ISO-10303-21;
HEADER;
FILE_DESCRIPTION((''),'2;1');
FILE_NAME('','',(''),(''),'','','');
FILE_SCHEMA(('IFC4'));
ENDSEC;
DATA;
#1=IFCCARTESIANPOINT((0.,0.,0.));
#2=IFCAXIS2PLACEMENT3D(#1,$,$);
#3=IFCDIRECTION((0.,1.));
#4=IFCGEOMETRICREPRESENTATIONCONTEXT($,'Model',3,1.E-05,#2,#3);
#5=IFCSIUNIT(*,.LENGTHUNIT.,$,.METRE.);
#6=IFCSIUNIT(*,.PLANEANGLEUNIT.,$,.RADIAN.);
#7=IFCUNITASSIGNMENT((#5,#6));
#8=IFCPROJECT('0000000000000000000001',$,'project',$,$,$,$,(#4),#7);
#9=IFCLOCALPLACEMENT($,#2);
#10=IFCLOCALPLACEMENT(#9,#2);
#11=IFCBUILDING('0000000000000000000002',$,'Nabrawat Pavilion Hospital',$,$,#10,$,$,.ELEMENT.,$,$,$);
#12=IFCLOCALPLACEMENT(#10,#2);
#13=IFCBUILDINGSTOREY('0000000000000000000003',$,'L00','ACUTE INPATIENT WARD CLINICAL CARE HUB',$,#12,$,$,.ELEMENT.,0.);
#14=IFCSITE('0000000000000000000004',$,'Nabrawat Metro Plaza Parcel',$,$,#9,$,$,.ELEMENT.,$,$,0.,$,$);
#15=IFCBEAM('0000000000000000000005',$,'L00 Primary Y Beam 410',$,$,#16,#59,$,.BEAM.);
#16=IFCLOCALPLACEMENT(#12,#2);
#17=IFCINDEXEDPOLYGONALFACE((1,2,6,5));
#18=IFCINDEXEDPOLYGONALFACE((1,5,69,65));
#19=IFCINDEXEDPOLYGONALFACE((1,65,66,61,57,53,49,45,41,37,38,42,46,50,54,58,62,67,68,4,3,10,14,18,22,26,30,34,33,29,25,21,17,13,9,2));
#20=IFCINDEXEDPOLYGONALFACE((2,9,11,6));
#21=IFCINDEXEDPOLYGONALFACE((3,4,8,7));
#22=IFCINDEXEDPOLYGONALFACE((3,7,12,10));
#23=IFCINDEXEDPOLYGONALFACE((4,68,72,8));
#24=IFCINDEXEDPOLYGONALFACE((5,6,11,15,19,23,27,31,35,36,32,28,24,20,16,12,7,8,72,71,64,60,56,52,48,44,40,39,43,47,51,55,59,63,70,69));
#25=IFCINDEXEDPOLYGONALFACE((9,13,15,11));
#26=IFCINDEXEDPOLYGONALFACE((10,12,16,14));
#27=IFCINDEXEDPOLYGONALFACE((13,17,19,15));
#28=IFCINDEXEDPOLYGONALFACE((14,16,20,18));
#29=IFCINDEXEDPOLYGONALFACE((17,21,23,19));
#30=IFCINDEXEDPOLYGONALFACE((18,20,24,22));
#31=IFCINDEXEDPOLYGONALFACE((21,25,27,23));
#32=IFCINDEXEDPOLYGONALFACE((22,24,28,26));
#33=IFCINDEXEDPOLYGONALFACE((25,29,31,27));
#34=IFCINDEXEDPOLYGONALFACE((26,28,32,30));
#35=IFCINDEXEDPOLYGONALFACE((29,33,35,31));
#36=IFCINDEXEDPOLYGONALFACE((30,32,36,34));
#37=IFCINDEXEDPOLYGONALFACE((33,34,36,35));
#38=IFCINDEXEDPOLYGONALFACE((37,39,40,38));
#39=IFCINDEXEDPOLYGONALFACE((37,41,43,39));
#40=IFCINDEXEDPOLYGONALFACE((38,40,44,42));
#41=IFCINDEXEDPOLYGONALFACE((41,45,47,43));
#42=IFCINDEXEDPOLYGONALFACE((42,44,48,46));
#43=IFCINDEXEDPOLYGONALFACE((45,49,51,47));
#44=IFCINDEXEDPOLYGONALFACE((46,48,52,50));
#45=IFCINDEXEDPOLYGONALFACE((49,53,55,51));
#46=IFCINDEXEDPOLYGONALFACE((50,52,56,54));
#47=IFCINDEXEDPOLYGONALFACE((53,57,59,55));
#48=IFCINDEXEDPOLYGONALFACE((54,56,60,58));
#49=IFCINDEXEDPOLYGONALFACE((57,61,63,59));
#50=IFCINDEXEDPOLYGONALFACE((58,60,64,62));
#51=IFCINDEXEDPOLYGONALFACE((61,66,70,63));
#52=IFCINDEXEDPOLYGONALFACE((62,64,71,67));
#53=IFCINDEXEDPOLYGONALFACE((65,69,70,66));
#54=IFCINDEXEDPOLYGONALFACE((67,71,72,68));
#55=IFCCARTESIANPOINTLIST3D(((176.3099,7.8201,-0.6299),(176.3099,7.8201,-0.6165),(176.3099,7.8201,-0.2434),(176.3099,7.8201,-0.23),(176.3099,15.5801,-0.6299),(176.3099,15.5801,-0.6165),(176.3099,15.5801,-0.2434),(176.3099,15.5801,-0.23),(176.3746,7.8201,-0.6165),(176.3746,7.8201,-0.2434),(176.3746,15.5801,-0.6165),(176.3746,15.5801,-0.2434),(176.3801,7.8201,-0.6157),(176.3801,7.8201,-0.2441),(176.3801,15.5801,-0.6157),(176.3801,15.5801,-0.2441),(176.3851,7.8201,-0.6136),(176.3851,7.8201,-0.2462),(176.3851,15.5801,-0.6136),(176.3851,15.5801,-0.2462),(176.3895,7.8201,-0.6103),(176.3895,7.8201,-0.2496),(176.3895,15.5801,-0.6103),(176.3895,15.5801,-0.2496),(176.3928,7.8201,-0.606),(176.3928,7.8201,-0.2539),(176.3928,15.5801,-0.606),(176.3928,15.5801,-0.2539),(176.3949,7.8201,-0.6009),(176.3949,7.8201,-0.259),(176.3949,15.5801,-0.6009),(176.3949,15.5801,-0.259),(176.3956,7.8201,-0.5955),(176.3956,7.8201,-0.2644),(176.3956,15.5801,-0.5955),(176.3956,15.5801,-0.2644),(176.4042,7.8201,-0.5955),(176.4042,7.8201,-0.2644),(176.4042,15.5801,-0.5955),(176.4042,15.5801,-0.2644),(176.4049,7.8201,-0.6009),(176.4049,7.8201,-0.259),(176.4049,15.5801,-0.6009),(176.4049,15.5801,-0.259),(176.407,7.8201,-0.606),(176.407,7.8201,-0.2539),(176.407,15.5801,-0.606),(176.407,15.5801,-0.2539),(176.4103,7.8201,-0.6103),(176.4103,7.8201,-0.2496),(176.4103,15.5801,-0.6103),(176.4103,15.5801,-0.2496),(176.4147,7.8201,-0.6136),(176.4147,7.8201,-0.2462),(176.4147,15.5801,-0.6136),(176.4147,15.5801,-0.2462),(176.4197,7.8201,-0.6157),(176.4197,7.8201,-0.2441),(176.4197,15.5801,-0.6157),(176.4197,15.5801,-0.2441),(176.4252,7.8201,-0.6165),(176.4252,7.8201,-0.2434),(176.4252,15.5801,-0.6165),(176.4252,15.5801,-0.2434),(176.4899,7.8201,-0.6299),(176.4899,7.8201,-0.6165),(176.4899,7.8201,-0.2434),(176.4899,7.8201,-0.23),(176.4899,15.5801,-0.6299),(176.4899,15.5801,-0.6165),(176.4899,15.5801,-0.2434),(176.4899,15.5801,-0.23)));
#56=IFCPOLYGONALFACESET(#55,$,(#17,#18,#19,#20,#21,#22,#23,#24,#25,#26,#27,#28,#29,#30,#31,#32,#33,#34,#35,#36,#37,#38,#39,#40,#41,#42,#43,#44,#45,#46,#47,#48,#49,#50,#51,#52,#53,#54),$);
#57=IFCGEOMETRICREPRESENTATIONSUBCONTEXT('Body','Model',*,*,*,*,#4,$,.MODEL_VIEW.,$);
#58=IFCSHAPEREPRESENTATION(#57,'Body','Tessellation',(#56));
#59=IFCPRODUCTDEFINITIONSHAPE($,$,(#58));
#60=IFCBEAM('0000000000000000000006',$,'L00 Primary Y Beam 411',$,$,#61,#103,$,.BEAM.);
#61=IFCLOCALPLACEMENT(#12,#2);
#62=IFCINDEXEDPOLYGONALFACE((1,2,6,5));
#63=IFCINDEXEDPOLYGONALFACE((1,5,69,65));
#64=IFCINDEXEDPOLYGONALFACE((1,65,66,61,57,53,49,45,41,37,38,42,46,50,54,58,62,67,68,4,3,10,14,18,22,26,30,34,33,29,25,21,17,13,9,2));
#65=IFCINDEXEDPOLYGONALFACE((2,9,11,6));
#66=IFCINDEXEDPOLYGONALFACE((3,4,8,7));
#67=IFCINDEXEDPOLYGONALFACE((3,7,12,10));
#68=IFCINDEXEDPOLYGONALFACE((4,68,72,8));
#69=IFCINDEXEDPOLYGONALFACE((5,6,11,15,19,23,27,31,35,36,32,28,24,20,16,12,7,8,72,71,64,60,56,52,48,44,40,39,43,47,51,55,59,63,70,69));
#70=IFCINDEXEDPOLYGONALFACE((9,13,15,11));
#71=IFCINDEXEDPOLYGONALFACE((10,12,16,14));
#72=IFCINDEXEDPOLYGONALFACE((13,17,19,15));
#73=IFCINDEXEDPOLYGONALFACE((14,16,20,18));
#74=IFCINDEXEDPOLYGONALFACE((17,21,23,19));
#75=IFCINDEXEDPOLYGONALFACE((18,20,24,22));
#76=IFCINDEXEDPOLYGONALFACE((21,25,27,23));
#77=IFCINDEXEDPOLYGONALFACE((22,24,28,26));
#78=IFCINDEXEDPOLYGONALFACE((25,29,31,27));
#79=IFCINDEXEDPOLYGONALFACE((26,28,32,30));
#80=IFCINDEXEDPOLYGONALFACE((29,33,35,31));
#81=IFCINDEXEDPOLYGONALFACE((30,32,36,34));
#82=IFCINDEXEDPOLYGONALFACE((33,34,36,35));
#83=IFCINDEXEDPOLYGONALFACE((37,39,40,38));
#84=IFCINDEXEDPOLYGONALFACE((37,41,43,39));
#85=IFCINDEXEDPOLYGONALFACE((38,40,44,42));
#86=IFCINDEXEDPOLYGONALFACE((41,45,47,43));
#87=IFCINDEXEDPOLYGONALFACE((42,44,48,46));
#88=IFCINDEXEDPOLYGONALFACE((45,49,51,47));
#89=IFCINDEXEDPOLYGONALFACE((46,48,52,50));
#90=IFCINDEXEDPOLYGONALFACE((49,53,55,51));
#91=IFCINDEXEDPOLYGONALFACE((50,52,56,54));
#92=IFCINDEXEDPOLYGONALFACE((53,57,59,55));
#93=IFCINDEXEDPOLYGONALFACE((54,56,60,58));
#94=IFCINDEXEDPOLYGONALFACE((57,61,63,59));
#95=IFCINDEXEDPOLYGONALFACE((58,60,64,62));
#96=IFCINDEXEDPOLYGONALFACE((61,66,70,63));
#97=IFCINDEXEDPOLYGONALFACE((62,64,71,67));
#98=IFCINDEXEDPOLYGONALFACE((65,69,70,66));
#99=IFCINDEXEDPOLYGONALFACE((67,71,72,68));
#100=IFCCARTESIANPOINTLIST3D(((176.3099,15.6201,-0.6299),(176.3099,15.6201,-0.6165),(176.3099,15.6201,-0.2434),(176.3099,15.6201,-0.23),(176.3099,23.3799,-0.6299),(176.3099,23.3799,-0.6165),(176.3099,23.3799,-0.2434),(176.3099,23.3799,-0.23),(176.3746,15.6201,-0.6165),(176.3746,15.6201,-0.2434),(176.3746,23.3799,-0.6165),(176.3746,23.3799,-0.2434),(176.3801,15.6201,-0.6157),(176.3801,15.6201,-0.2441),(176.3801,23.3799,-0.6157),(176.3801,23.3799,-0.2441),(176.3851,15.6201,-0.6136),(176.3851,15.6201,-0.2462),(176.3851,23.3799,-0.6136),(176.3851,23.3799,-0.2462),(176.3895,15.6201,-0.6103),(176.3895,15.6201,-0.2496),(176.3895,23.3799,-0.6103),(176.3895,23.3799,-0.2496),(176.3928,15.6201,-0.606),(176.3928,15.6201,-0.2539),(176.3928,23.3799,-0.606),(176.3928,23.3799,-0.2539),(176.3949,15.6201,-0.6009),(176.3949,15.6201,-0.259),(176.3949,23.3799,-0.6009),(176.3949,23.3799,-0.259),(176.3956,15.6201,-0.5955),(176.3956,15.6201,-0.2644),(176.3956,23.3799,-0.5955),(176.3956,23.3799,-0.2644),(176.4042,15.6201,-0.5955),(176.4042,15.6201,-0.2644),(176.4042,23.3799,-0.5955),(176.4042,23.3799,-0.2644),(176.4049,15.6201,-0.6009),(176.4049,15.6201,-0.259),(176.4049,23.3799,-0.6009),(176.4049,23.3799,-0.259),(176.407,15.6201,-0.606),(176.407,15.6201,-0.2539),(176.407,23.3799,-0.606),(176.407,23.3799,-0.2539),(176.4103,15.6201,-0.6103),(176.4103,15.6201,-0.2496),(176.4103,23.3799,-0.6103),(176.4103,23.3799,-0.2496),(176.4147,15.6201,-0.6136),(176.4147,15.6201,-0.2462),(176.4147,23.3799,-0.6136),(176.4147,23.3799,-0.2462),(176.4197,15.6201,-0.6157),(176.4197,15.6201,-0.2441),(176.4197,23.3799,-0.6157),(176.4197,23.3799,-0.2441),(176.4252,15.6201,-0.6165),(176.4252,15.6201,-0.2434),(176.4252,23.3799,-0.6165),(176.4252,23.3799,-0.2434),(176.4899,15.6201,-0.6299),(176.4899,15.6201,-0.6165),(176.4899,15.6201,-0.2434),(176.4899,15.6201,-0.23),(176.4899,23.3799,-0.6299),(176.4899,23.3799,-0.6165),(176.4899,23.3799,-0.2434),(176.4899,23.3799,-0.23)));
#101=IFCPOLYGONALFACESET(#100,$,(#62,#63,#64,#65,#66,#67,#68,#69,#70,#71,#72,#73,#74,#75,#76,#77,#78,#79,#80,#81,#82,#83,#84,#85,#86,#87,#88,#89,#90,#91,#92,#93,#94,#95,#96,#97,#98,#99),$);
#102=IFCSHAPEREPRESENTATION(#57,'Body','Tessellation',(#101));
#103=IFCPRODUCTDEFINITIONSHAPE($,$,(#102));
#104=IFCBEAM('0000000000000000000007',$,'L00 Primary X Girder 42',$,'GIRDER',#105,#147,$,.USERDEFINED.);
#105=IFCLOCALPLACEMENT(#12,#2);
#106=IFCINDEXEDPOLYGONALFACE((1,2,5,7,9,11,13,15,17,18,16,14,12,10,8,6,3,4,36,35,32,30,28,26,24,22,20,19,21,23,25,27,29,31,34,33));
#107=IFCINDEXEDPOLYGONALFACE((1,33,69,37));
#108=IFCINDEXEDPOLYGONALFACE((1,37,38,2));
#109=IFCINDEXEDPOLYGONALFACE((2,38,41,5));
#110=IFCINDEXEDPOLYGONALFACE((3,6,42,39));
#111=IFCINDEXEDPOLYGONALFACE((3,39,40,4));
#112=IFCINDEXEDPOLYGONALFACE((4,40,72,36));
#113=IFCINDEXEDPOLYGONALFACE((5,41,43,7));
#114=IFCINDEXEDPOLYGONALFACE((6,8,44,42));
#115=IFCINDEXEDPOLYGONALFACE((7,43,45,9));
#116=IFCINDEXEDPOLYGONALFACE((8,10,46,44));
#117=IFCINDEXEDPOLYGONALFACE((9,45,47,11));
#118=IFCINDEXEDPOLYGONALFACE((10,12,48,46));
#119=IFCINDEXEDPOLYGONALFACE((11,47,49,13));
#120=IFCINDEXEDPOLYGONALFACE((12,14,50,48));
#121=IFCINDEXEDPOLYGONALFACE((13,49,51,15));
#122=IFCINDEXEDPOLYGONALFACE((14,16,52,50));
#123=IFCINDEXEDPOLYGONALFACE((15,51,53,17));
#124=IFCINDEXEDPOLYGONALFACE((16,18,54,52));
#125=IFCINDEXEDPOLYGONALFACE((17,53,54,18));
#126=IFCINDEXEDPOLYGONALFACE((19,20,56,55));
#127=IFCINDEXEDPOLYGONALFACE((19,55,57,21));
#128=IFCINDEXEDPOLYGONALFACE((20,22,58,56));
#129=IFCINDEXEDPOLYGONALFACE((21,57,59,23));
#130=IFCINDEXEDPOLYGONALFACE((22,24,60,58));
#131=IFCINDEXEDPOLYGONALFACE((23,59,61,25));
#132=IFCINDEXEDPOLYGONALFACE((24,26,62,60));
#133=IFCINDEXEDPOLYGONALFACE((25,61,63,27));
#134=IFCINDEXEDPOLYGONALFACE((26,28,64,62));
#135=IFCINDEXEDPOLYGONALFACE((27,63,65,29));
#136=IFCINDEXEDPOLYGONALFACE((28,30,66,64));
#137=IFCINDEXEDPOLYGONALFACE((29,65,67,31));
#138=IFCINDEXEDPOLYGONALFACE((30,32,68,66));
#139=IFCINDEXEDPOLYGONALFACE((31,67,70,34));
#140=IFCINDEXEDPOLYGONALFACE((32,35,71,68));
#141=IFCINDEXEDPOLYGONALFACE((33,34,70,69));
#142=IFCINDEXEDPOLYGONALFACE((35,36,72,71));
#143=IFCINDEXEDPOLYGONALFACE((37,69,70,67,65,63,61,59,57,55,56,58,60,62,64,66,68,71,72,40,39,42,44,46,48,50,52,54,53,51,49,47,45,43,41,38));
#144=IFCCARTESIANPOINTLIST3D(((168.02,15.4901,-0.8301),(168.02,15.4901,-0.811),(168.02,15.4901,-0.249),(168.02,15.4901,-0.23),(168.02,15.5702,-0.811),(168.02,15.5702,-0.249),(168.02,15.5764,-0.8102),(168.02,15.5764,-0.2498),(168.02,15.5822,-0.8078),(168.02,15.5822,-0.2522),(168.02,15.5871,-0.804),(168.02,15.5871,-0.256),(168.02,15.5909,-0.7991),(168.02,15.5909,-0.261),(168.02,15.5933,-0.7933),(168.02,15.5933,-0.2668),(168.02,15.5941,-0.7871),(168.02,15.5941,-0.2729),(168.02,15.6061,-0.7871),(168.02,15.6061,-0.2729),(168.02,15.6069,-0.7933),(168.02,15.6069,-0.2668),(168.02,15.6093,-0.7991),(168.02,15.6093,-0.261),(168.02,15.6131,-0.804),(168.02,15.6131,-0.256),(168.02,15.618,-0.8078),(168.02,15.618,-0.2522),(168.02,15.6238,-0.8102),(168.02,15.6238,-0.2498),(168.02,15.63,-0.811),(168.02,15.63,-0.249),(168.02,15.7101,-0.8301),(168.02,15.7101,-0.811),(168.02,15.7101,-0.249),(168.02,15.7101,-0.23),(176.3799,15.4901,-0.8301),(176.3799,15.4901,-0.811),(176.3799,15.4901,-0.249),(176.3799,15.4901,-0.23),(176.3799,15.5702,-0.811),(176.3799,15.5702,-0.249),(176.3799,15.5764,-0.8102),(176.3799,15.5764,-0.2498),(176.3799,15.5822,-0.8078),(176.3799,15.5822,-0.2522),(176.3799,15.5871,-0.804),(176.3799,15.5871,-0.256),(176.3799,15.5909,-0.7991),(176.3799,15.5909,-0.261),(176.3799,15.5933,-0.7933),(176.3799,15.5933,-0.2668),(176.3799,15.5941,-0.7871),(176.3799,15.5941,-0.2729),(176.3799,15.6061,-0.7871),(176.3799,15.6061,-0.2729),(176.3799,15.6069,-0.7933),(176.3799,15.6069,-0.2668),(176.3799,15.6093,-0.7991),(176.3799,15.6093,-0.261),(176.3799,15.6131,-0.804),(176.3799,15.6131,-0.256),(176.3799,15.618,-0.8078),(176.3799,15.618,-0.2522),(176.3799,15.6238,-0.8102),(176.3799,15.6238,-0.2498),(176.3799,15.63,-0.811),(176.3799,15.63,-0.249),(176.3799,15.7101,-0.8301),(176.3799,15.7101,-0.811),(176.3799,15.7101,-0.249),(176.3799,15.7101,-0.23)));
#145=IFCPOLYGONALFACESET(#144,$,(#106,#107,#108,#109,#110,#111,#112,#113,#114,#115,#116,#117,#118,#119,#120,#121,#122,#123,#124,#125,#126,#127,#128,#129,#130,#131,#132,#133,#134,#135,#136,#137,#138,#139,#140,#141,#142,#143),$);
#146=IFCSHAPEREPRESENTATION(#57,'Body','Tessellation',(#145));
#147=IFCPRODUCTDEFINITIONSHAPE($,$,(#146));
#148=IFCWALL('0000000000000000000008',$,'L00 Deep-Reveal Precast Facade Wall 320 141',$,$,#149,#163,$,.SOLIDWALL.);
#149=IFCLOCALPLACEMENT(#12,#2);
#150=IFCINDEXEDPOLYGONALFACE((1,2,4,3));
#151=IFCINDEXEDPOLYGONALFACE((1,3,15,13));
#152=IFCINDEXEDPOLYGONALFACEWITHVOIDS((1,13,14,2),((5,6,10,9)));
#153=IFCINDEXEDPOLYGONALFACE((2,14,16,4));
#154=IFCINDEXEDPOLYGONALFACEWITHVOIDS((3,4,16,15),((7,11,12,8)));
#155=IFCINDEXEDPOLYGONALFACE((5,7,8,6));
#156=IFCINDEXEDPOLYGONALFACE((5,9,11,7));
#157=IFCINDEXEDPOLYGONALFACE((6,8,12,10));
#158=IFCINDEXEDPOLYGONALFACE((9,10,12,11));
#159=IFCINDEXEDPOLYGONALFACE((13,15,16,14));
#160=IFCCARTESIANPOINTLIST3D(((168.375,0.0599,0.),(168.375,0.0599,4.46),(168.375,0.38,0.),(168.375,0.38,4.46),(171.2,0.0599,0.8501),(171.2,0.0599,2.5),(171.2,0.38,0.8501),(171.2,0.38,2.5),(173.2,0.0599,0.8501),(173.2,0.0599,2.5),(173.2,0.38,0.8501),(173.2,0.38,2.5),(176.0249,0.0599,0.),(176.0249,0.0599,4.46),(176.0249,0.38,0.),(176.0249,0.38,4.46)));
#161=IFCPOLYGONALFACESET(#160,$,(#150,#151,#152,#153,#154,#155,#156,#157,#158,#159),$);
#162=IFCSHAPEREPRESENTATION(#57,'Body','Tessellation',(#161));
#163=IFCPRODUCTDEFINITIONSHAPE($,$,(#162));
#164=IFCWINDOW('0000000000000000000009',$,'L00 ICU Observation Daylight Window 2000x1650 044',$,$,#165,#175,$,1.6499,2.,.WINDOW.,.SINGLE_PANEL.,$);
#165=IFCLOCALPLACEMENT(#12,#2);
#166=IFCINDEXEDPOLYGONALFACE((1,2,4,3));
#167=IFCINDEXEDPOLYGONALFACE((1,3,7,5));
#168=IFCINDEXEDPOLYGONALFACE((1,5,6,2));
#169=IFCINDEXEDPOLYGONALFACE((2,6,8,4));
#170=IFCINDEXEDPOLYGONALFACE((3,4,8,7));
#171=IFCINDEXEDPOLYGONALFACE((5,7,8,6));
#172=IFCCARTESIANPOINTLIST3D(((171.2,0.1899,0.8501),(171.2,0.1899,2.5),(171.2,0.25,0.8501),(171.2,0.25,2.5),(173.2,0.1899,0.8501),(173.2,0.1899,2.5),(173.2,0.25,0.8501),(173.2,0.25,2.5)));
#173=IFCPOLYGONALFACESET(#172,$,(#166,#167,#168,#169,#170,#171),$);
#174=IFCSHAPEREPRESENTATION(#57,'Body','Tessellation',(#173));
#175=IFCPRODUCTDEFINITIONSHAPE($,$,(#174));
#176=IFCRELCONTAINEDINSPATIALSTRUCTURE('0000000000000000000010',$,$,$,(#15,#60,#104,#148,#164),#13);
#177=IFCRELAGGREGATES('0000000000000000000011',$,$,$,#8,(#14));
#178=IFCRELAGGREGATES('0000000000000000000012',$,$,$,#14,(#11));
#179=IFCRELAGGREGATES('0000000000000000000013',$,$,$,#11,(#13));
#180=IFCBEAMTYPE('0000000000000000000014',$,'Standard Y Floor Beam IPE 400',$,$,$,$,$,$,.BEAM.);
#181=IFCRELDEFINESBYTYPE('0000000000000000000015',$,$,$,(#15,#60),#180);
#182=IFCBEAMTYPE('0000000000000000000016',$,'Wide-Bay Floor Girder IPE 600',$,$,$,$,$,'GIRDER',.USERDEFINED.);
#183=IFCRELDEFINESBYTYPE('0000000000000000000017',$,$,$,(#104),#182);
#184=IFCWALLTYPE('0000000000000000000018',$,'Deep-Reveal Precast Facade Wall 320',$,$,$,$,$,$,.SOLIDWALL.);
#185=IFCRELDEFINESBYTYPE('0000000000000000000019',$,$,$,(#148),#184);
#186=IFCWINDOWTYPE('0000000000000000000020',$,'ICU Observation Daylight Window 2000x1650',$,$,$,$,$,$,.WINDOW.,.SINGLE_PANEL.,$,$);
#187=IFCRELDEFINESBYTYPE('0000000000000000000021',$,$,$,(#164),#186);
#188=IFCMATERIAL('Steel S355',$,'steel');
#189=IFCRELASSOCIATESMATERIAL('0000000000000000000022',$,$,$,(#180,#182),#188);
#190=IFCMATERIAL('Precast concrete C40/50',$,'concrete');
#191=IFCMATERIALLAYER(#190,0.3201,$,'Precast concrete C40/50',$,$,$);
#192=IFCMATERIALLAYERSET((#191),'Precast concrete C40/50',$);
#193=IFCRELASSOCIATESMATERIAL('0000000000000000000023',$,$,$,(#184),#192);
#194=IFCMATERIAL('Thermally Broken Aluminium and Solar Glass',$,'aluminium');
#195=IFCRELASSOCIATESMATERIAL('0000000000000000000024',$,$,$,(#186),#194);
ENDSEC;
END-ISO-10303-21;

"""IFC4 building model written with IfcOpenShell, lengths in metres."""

from ifc_helpers import new_model, si_unit, direction, frame, frame_2d, origin, origin_2d, place, context, subcontext, project, spatial, rectangle, i_section, extrude, material, layer, layer_set, material_profile, profile_set, type_object, element, fill, save


model = new_model("IFC4")

# Units and contexts
model_context = context("Model", 3, precision=1e-05, world=origin(), true_north=direction((0.0, 1.0)))
body_context = subcontext(model_context, "Body", "Model", "MODEL_VIEW")
ifc_project = project(units=[si_unit("LENGTHUNIT", "METRE"), si_unit("PLANEANGLEUNIT", "RADIAN")], contexts=[model_context])

# Site, building, storey
site_placement = place(None, origin())
site = spatial("IfcSite", under=ifc_project, at=site_placement, Name="Nabrawat Metro Plaza Parcel", CompositionType="ELEMENT", RefElevation=0.0)
building_placement = place(site_placement, origin())
building = spatial("IfcBuilding", under=site, at=building_placement, Name="Nabrawat Pavilion Hospital", CompositionType="ELEMENT")
storey_placement = place(building_placement, origin())
storey = spatial("IfcBuildingStorey", under=building, at=storey_placement, Name="L00", Description="ACUTE INPATIENT WARD CLINICAL CARE HUB", CompositionType="ELEMENT", Elevation=0.0)

# Beams
ifc_material_1 = material(Name="Steel S355", Category="steel")
ifc_material_profile_1 = material_profile(ifc_material_1, i_section(OverallWidth=0.1799, OverallDepth=0.3999, WebThickness=0.0085, FlangeThickness=0.0134, FilletRadius=0.021, at=origin_2d()), Name="IPE 400")
ifc_profile_set_1 = profile_set([ifc_material_profile_1], Name="Steel S355")
beam_type_1 = type_object("IfcBeamType", Name="Standard Y Floor Beam IPE 400", PredefinedType="BEAM", material=ifc_profile_set_1)
for number, where, z_axis, x_axis, name in (
    (1, (176.3999, 7.8201, -0.4299), (0.0, 1.0, 0.0), (-1.0, 0.0, 0.0), "L00 Primary Y Beam 410"),
):
    element("IfcBeam", number, at=place(storey_placement, frame(where, z_axis=z_axis, x_axis=x_axis)), inside=storey, type_object=beam_type_1, Name=name, PredefinedType="BEAM", context=body_context, shape_type="SweptSolid", body=[
        extrude(i_section(OverallWidth=0.1799, OverallDepth=0.3999, WebThickness=0.0085, FlangeThickness=0.0134, FilletRadius=0.021, at=origin_2d()), origin(), (0.0, 0.0, 1.0), 7.76),
    ])
beam_1_placement = place(storey_placement, frame((176.3999, 15.6201, -0.4299), z_axis=(0.0, 1.0, 0.0), x_axis=(-1.0, 0.0, 0.0)))
element("IfcBeam", 2, at=beam_1_placement, inside=storey, type_object=beam_type_1, Name="L00 Primary Y Beam 411", PredefinedType="BEAM", context=body_context, shape_type="SweptSolid", body=[
    extrude(i_section(OverallWidth=0.1799, OverallDepth=0.3999, WebThickness=0.0085, FlangeThickness=0.0134, FilletRadius=0.021, at=origin_2d()), origin(), (0.0, 0.0, 1.0), 7.7598),
])
ifc_material_profile_2 = material_profile(ifc_material_1, i_section(OverallWidth=0.22, OverallDepth=0.6001, WebThickness=0.012, FlangeThickness=0.019, FilletRadius=0.0239, at=origin_2d()), Name="IPE 600")
ifc_profile_set_2 = profile_set([ifc_material_profile_2], Name="Steel S355")
beam_type_2 = type_object("IfcBeamType", Name="Wide-Bay Floor Girder IPE 600", ElementType="GIRDER", PredefinedType="USERDEFINED", material=ifc_profile_set_2)
beam_2_placement = place(storey_placement, frame((168.02, 15.6001, -0.53), z_axis=(1.0, 0.0, 0.0), x_axis=(0.0, 1.0, 0.0)))
element("IfcBeam", 3, at=beam_2_placement, inside=storey, type_object=beam_type_2, Name="L00 Primary X Girder 42", ObjectType="GIRDER", PredefinedType="USERDEFINED", context=body_context, shape_type="SweptSolid", body=[
    extrude(i_section(OverallWidth=0.22, OverallDepth=0.6001, WebThickness=0.012, FlangeThickness=0.019, FilletRadius=0.0239, at=origin_2d()), origin(), (0.0, 0.0, 1.0), 8.3599),
])

# Wall, opening, window
ifc_material_2 = material(Name="Precast concrete C40/50", Category="concrete")
ifc_layer_1 = layer(ifc_material_2, 0.3201, Name="Precast concrete C40/50")
ifc_layer_set_1 = layer_set([ifc_layer_1], Name="Precast concrete C40/50")
wall_type_1 = type_object("IfcWallType", Name="Deep-Reveal Precast Facade Wall 320", PredefinedType="SOLIDWALL", material=ifc_layer_set_1)
wall_1_placement = place(storey_placement, frame((168.375, 0.22, 0.0), z_axis=(0.0, 0.0, 1.0), x_axis=(1.0, 0.0, 0.0)))
wall_1 = element("IfcWall", 4, at=wall_1_placement, inside=storey, type_object=wall_type_1, Name="L00 Deep-Reveal Precast Facade Wall 320 141", PredefinedType="SOLIDWALL", context=body_context, shape_type="SweptSolid", body=[
    extrude(rectangle(XDim=7.6499, YDim=0.3201, at=frame_2d((3.825, 0.0))), origin(), (0.0, 0.0, 1.0), 4.46),
])
opening_placement = place(wall_1_placement, frame((2.825, 0.0, 0.8501)))
opening = element("IfcOpeningElement", 5, at=opening_placement, cuts=wall_1, PredefinedType="OPENING", context=body_context, shape_type="SweptSolid", body=[
    extrude(rectangle(XDim=2.0, YDim=1.6499, at=frame_2d((1.0, 0.825))), frame((0.0, 0.1699, 0.0), z_axis=(0.0, -1.0, 0.0), x_axis=(1.0, 0.0, 0.0)), (0.0, 0.0, 1.0), 0.3401),
])
ifc_material_3 = material(Name="Thermally Broken Aluminium and Solar Glass", Category="aluminium")
window_type = type_object("IfcWindowType", Name="ICU Observation Daylight Window 2000x1650", PartitioningType="SINGLE_PANEL", PredefinedType="WINDOW", material=ifc_material_3)
window_placement = place(opening_placement, origin())
window = element("IfcWindow", 6, at=window_placement, inside=storey, type_object=window_type, Name="L00 ICU Observation Daylight Window 2000x1650 044", OverallHeight=1.6499, OverallWidth=2.0, PartitioningType="SINGLE_PANEL", PredefinedType="WINDOW", context=body_context, shape_type="SweptSolid", body=[
    extrude(rectangle(XDim=2.0, YDim=1.6499, at=frame_2d((1.0, 0.825))), frame((0.0, 0.03, 0.0), z_axis=(0.0, -1.0, 0.0), x_axis=(1.0, 0.0, 0.0)), (0.0, 0.0, 1.0), 0.0601),
])
fill(opening, window)

save(model, "model.ifc")
